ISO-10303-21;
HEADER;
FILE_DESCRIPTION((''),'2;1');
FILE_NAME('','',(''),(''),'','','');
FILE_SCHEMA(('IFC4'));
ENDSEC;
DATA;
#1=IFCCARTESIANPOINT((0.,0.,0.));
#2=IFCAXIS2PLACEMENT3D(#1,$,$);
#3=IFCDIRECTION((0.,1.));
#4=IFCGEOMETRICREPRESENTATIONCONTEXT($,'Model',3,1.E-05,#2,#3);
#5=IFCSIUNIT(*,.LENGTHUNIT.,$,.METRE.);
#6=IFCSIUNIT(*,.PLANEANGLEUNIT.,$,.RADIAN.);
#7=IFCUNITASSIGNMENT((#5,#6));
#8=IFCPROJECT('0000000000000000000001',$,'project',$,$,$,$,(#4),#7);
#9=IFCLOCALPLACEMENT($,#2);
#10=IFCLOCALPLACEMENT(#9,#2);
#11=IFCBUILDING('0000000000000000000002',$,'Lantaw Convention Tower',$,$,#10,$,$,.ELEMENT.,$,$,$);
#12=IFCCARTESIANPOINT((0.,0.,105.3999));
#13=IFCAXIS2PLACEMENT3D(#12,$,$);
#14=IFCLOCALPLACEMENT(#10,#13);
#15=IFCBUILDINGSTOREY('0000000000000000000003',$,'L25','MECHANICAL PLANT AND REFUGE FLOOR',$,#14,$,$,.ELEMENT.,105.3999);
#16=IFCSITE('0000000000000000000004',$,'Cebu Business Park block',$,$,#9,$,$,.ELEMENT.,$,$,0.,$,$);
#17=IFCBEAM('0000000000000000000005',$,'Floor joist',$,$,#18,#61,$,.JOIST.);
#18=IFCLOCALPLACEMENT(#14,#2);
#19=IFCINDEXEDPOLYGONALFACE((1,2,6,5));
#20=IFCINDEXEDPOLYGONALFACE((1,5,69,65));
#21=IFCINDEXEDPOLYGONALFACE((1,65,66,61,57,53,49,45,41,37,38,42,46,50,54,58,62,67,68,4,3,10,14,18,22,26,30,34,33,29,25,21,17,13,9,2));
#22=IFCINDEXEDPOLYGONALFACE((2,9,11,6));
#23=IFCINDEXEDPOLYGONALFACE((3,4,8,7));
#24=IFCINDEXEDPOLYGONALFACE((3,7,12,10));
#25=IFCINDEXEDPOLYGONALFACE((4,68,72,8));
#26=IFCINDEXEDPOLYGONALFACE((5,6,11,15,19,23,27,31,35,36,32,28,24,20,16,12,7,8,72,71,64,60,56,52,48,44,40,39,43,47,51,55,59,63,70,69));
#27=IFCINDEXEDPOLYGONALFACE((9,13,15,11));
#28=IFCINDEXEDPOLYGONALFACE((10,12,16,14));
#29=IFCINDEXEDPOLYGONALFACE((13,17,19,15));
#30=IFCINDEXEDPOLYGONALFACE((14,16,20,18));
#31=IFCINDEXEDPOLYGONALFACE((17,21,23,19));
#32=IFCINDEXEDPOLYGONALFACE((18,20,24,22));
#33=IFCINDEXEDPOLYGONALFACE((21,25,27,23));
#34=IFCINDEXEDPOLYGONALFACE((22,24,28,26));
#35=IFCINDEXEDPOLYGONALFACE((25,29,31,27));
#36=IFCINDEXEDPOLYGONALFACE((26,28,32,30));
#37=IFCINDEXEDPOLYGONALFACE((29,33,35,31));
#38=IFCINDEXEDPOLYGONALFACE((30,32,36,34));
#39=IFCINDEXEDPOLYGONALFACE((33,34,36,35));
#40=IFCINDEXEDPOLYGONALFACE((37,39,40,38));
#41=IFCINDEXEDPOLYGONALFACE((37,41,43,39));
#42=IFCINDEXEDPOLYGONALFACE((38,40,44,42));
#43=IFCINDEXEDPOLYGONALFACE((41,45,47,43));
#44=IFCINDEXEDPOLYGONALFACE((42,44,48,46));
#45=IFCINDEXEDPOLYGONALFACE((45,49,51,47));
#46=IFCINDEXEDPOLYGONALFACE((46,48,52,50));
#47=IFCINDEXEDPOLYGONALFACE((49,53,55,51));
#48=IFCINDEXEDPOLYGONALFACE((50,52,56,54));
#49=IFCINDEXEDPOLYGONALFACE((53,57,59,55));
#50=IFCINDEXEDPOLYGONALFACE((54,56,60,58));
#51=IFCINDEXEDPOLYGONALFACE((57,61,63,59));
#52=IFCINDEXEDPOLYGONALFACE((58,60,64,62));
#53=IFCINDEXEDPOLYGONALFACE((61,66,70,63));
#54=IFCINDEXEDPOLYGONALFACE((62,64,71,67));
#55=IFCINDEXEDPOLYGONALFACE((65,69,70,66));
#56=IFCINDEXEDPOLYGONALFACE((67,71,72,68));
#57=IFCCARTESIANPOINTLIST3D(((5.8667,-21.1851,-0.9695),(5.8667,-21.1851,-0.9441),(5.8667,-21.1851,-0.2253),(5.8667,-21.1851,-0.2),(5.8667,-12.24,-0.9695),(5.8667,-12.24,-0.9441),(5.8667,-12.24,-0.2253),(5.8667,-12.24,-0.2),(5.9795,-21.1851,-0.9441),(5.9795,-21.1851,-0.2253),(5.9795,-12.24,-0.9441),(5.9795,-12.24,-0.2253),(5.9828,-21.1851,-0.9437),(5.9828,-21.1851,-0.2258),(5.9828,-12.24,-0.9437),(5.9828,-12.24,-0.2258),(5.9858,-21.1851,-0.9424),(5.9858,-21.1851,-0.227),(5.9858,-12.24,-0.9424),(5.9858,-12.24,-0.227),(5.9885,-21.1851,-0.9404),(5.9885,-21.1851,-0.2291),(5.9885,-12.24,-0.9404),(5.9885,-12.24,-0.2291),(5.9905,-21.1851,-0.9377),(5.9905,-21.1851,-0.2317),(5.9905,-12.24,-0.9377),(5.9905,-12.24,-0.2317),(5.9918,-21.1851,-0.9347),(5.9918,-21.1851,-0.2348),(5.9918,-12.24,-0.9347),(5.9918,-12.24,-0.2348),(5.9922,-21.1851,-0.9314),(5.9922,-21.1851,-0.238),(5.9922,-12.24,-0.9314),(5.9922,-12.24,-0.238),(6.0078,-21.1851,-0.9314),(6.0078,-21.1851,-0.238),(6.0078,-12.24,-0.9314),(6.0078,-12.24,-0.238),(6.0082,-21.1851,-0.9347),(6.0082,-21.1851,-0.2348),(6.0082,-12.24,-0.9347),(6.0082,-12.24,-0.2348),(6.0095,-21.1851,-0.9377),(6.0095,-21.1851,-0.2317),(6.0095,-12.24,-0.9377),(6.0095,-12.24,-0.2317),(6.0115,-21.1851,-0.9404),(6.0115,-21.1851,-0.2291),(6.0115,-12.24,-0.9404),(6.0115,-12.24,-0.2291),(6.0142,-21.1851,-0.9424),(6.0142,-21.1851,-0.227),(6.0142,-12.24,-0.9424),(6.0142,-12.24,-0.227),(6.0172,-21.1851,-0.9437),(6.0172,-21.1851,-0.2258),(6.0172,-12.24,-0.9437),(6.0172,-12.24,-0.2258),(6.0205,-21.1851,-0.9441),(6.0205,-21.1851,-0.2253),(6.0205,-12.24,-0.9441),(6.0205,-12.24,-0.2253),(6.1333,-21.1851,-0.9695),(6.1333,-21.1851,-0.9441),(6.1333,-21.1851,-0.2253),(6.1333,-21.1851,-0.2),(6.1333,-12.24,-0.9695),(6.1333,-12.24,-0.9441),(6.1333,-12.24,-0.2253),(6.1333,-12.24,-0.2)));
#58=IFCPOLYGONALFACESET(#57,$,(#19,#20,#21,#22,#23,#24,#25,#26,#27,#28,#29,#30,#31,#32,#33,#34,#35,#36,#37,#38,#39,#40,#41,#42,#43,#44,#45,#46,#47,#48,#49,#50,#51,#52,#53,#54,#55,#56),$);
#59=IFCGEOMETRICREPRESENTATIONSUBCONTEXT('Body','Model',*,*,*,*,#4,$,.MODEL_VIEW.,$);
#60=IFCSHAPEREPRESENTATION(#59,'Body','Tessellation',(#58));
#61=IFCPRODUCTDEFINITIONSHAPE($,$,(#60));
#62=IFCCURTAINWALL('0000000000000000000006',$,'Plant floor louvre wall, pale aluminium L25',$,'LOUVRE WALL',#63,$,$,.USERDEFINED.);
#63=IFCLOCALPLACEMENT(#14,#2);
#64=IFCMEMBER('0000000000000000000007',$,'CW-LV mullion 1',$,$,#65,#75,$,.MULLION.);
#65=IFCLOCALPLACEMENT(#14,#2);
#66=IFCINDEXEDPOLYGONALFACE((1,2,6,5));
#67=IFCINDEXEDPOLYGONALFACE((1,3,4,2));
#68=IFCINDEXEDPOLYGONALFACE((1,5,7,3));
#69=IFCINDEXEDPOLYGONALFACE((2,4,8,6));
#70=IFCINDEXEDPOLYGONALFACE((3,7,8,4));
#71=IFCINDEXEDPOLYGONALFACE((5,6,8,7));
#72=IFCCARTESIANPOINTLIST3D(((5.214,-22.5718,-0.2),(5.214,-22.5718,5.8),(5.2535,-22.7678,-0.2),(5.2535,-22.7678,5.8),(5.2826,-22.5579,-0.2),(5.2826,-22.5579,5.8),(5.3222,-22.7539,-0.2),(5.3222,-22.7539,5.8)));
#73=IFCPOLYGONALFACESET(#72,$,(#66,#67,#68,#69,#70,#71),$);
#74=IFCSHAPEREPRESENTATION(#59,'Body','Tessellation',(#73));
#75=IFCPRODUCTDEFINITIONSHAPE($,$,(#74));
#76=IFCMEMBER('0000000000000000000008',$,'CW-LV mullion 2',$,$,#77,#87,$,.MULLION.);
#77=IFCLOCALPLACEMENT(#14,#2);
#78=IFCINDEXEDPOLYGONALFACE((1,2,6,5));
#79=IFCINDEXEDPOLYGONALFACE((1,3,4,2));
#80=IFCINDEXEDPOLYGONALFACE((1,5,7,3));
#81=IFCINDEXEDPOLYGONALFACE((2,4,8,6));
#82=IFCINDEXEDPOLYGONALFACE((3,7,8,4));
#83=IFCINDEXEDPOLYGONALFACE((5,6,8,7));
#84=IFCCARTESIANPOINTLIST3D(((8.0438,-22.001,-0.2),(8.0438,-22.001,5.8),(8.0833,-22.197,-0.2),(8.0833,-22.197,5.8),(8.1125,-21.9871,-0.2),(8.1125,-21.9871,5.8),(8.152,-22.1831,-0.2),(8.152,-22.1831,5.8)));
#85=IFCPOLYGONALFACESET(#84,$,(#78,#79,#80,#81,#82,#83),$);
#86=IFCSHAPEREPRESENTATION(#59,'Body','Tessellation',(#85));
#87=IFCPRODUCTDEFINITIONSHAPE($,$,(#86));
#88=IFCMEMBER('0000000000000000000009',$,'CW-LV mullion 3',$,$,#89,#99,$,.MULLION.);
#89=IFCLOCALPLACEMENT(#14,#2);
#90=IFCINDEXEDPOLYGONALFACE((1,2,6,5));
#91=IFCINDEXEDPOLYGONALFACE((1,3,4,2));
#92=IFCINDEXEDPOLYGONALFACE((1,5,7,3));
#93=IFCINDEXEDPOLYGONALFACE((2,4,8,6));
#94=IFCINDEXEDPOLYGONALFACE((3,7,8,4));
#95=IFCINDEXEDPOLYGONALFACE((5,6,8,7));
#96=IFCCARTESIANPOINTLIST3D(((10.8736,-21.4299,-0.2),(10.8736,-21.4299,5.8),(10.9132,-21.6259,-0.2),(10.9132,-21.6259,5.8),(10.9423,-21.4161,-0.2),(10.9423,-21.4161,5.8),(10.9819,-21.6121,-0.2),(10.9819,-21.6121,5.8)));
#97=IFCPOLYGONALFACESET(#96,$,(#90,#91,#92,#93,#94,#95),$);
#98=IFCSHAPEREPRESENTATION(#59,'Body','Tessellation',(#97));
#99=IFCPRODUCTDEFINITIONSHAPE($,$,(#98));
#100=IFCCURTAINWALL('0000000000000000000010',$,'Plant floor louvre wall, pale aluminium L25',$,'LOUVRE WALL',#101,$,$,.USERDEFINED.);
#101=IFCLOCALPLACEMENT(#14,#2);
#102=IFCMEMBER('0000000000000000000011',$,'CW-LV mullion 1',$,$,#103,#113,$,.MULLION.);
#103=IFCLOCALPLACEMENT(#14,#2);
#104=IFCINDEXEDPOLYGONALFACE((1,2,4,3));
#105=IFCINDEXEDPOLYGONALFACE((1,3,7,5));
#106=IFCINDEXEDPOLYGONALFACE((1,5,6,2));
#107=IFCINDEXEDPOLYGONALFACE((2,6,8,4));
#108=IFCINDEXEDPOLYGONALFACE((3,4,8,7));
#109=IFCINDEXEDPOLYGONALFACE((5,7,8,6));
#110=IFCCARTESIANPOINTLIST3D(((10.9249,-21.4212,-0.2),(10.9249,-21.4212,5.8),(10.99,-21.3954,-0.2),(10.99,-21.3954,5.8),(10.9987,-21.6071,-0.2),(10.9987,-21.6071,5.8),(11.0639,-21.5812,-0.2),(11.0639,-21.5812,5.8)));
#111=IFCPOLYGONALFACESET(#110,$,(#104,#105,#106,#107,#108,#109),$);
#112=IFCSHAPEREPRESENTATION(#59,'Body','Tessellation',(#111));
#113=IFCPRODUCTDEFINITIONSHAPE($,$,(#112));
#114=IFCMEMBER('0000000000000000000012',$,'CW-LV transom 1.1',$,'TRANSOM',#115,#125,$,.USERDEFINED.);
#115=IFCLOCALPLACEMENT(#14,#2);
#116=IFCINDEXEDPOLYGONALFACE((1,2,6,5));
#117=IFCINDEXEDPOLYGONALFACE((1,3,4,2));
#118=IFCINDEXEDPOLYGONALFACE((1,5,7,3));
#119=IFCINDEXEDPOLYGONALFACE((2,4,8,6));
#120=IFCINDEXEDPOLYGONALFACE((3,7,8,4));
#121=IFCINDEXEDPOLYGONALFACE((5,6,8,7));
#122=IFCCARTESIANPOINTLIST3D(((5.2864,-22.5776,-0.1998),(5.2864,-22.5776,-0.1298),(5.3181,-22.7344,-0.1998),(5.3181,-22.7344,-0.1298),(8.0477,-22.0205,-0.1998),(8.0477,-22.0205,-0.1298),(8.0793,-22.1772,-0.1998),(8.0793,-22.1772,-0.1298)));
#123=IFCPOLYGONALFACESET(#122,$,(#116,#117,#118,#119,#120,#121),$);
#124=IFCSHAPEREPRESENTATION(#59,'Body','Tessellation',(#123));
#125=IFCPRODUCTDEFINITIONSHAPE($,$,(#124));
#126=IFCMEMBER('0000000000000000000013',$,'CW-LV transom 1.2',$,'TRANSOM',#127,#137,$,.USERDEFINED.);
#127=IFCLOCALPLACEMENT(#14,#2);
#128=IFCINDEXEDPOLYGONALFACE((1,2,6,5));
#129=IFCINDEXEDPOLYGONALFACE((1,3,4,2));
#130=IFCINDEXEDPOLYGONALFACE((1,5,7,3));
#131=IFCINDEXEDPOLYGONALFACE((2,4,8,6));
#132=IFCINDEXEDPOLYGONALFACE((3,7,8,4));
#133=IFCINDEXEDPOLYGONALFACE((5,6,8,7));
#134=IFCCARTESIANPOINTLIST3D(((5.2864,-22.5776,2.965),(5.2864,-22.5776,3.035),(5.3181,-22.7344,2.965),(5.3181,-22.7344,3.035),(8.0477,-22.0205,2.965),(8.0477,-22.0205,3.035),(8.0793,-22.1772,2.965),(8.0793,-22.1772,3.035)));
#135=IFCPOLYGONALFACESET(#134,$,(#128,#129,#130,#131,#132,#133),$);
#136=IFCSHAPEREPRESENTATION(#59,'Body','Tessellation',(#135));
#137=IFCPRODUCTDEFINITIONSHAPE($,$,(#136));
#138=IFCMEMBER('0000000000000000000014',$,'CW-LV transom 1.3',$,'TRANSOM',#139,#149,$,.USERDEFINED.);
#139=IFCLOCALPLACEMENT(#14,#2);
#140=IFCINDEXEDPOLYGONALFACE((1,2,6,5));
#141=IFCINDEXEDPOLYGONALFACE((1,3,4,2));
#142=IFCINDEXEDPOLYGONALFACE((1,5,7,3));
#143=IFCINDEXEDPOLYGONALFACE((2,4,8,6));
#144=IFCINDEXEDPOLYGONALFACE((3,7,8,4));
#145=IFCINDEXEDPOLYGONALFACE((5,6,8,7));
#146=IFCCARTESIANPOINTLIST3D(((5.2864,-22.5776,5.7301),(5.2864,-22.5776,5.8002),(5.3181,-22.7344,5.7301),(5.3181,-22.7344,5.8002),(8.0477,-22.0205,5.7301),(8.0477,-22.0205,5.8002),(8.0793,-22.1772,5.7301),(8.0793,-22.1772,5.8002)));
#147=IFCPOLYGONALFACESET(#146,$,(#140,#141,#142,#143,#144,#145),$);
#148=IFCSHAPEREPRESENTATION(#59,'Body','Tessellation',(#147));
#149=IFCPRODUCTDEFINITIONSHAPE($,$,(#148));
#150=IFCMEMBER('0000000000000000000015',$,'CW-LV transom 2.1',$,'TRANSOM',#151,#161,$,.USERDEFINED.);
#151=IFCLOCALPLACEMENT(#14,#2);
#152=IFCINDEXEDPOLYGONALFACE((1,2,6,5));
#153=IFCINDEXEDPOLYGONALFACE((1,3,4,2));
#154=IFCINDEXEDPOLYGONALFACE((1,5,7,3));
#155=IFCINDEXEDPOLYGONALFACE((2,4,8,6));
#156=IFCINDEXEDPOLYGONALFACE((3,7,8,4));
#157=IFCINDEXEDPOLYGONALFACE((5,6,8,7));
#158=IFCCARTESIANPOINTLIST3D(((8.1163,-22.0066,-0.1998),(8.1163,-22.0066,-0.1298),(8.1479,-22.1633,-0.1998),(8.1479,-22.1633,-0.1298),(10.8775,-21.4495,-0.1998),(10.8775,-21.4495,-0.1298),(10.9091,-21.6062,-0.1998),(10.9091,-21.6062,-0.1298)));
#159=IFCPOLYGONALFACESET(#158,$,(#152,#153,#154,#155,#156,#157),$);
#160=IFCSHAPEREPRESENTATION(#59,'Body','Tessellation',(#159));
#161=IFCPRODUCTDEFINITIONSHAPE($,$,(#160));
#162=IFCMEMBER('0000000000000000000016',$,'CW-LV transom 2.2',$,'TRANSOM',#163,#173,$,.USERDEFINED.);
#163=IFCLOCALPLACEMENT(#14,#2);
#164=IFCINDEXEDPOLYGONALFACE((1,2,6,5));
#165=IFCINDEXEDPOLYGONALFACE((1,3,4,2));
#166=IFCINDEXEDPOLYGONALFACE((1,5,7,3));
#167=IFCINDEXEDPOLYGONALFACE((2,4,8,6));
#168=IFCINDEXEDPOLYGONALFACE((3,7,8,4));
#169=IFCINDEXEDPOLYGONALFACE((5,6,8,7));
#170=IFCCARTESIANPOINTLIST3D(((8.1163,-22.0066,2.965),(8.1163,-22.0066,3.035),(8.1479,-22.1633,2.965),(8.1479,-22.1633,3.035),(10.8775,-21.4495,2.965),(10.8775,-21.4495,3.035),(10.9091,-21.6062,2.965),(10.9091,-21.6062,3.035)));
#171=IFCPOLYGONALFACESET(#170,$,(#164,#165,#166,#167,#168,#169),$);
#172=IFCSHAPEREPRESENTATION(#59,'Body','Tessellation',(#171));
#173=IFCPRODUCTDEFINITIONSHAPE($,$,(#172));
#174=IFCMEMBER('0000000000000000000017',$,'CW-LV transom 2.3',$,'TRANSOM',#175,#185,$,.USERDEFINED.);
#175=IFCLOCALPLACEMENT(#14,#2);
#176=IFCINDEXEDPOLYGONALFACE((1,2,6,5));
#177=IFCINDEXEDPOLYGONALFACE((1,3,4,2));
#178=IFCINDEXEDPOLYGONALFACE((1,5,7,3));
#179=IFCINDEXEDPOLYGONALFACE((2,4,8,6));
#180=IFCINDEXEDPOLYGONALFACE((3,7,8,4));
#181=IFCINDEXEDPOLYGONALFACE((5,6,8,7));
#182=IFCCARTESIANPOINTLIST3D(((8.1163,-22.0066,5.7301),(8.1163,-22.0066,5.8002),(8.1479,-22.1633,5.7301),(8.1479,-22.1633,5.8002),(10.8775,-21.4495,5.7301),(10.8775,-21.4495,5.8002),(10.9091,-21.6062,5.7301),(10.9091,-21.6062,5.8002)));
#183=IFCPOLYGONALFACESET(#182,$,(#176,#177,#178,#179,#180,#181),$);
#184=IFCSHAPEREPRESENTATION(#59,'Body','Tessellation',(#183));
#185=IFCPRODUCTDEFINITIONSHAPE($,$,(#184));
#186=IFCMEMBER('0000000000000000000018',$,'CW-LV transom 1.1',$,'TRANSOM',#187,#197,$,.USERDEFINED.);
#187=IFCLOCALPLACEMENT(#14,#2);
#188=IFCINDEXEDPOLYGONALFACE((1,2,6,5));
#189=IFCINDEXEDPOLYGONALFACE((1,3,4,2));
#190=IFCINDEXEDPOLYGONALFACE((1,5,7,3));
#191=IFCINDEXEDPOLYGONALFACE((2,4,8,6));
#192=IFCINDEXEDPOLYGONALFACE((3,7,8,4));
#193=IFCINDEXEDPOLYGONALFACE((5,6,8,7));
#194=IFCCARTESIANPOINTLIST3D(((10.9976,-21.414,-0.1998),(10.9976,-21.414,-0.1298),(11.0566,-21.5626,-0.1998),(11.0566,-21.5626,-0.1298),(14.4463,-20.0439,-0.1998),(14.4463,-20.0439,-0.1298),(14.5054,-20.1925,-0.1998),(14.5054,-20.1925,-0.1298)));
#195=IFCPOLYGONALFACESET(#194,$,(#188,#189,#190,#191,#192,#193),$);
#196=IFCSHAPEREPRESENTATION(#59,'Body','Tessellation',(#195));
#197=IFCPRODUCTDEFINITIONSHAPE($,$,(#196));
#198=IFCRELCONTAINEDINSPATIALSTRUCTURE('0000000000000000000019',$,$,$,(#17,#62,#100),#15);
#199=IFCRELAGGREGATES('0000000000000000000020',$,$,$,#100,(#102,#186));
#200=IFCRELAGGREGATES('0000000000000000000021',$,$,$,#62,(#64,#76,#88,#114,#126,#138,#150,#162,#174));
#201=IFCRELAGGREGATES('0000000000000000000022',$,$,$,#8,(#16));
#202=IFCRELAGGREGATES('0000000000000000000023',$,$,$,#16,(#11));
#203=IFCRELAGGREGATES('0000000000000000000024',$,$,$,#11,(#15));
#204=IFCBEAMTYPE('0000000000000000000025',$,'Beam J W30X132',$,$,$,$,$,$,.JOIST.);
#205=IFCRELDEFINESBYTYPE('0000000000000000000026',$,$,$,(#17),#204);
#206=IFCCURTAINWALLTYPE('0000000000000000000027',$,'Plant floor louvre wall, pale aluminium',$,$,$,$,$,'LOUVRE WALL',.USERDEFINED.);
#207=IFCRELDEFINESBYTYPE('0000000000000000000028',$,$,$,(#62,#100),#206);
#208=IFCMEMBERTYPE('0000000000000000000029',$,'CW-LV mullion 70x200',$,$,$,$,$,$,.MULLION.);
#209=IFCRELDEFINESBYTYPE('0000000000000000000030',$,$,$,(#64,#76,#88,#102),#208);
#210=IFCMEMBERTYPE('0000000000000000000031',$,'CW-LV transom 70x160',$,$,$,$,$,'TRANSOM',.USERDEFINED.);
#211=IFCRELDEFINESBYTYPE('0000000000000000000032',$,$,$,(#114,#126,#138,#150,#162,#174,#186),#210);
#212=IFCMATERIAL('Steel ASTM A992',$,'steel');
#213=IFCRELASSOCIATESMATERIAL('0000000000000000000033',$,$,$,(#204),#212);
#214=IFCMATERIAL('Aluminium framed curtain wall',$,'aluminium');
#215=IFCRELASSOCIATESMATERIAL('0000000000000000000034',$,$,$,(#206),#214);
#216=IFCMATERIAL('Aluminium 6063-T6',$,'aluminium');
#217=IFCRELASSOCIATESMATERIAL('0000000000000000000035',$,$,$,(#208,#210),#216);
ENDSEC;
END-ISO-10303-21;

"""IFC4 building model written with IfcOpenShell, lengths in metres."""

from ifc_helpers import new_model, si_unit, direction, frame, origin, origin_2d, place, context, subcontext, project, spatial, rectangle, i_section, extrude, material, material_profile, profile_set, type_object, element, aggregate, save


model = new_model("IFC4")

# Units and contexts
model_context = context("Model", 3, precision=1e-05, world=origin(), true_north=direction((0.0, 1.0)))
body_context = subcontext(model_context, "Body", "Model", "MODEL_VIEW")
ifc_project = project(units=[si_unit("LENGTHUNIT", "METRE"), si_unit("PLANEANGLEUNIT", "RADIAN")], contexts=[model_context])

# Site, building, storey
site_placement = place(None, origin())
site = spatial("IfcSite", under=ifc_project, at=site_placement, Name="Cebu Business Park block", CompositionType="ELEMENT", RefElevation=0.0)
building_placement = place(site_placement, origin())
building = spatial("IfcBuilding", under=site, at=building_placement, Name="Lantaw Convention Tower", CompositionType="ELEMENT")
storey_placement = place(building_placement, frame((0.0, 0.0, 105.3999)))
storey = spatial("IfcBuildingStorey", under=building, at=storey_placement, Name="L25", Description="MECHANICAL PLANT AND REFUGE FLOOR", CompositionType="ELEMENT", Elevation=105.3999)

# Beam
ifc_material_1 = material(Name="Steel ASTM A992", Category="steel")
ifc_material_profile_1 = material_profile(ifc_material_1, i_section(OverallWidth=0.2666, OverallDepth=0.7695, WebThickness=0.0156, FlangeThickness=0.0254, FilletRadius=0.0127, at=origin_2d()), Name="W30X132")
ifc_profile_set_1 = profile_set([ifc_material_profile_1], Name="Steel ASTM A992")
beam_type = type_object("IfcBeamType", Name="Beam J W30X132", PredefinedType="JOIST", material=ifc_profile_set_1)
beam_placement = place(storey_placement, frame((6.0, -21.1851, -0.5847), z_axis=(0.0, 1.0, 0.0), x_axis=(-1.0, 0.0, 0.0)))
element("IfcBeam", 1, at=beam_placement, inside=storey, type_object=beam_type, Name="Floor joist", PredefinedType="JOIST", context=body_context, shape_type="SweptSolid", body=[
    extrude(i_section(OverallWidth=0.2666, OverallDepth=0.7695, WebThickness=0.0156, FlangeThickness=0.0254, FilletRadius=0.0127, at=origin_2d()), origin(), (0.0, 0.0, 1.0), 8.9451),
])

# Curtain wall, members
ifc_material_2 = material(Name="Aluminium framed curtain wall", Category="aluminium")
curtain_wall_type = type_object("IfcCurtainWallType", Name="Plant floor louvre wall, pale aluminium", ElementType="LOUVRE WALL", PredefinedType="USERDEFINED", material=ifc_material_2)
curtain_wall_1_placement = place(storey_placement, origin())
curtain_wall_1 = element("IfcCurtainWall", 2, at=curtain_wall_1_placement, inside=storey, type_object=curtain_wall_type, Name="Plant floor louvre wall, pale aluminium L25", ObjectType="LOUVRE WALL", PredefinedType="USERDEFINED")
ifc_material_3 = material(Name="Aluminium 6063-T6", Category="aluminium")
ifc_material_profile_2 = material_profile(ifc_material_3, rectangle(XDim=0.2, YDim=0.0701, at=origin_2d()), Name="CW-LV mullion 70x200")
ifc_profile_set_2 = profile_set([ifc_material_profile_2], Name="Aluminium 6063-T6")
member_type_1 = type_object("IfcMemberType", Name="CW-LV mullion 70x200", PredefinedType="MULLION", material=ifc_profile_set_2)
member_1_placement = place(storey_placement, frame((5.2681, -22.6628, -0.2), z_axis=(0.0, 0.0, 1.0), x_axis=(-0.197789, 0.980245, 0.0)))
member_1 = element("IfcMember", 3, at=member_1_placement, type_object=member_type_1, Name="CW-LV mullion 1", PredefinedType="MULLION", context=body_context, shape_type="SweptSolid", body=[
    extrude(rectangle(XDim=0.2, YDim=0.0701, at=origin_2d()), origin(), (0.0, 0.0, 1.0), 6.0),
])
member_2_placement = place(storey_placement, frame((8.0979, -22.092, -0.2), z_axis=(0.0, 0.0, 1.0), x_axis=(-0.197789, 0.980245, 0.0)))
member_2 = element("IfcMember", 4, at=member_2_placement, type_object=member_type_1, Name="CW-LV mullion 2", PredefinedType="MULLION", context=body_context, shape_type="SweptSolid", body=[
    extrude(rectangle(XDim=0.2, YDim=0.0701, at=origin_2d()), origin(), (0.0, 0.0, 1.0), 6.0),
])
member_3_placement = place(storey_placement, frame((10.9277, -21.521, -0.2), z_axis=(0.0, 0.0, 1.0), x_axis=(-0.197789, 0.980245, 0.0)))
member_3 = element("IfcMember", 5, at=member_3_placement, type_object=member_type_1, Name="CW-LV mullion 3", PredefinedType="MULLION", context=body_context, shape_type="SweptSolid", body=[
    extrude(rectangle(XDim=0.2, YDim=0.0701, at=origin_2d()), origin(), (0.0, 0.0, 1.0), 6.0),
])

# Curtain wall, member
curtain_wall_2_placement = place(storey_placement, origin())
curtain_wall_2 = element("IfcCurtainWall", 6, at=curtain_wall_2_placement, inside=storey, type_object=curtain_wall_type, Name="Plant floor louvre wall, pale aluminium L25", ObjectType="LOUVRE WALL", PredefinedType="USERDEFINED")
member_4_placement = place(storey_placement, frame((10.9944, -21.5012, -0.2), z_axis=(0.0, 0.0, 1.0), x_axis=(-0.369172, 0.929361, 0.0)))
member_4 = element("IfcMember", 7, at=member_4_placement, type_object=member_type_1, Name="CW-LV mullion 1", PredefinedType="MULLION", context=body_context, shape_type="SweptSolid", body=[
    extrude(rectangle(XDim=0.2, YDim=0.0701, at=origin_2d()), origin(), (0.0, 0.0, 1.0), 6.0),
])

# Members
ifc_material_profile_3 = material_profile(ifc_material_3, rectangle(XDim=0.1599, YDim=0.0701, at=origin_2d()), Name="CW-LV transom 70x160")
ifc_profile_set_3 = profile_set([ifc_material_profile_3], Name="Aluminium 6063-T6")
member_type_2 = type_object("IfcMemberType", Name="CW-LV transom 70x160", ElementType="TRANSOM", PredefinedType="USERDEFINED", material=ifc_profile_set_3)
member_5_placement = place(storey_placement, frame((5.3022, -22.656, -0.1648), z_axis=(0.980246, 0.197783, 0.0), x_axis=(-0.197783, 0.980246, 0.0)))
member_5 = element("IfcMember", 8, at=member_5_placement, type_object=member_type_2, Name="CW-LV transom 1.1", ObjectType="TRANSOM", PredefinedType="USERDEFINED", context=body_context, shape_type="SweptSolid", body=[
    extrude(rectangle(XDim=0.1599, YDim=0.0701, at=origin_2d()), origin(), (0.0, 0.0, 1.0), 2.8169),
])
member_6_placement = place(storey_placement, frame((5.3022, -22.656, 3.0), z_axis=(0.980246, 0.197783, 0.0), x_axis=(-0.197783, 0.980246, 0.0)))
member_6 = element("IfcMember", 9, at=member_6_placement, type_object=member_type_2, Name="CW-LV transom 1.2", ObjectType="TRANSOM", PredefinedType="USERDEFINED", context=body_context, shape_type="SweptSolid", body=[
    extrude(rectangle(XDim=0.1599, YDim=0.0701, at=origin_2d()), origin(), (0.0, 0.0, 1.0), 2.8169),
])
member_7_placement = place(storey_placement, frame((5.3022, -22.656, 5.7651), z_axis=(0.980246, 0.197783, 0.0), x_axis=(-0.197783, 0.980246, 0.0)))
member_7 = element("IfcMember", 10, at=member_7_placement, type_object=member_type_2, Name="CW-LV transom 1.3", ObjectType="TRANSOM", PredefinedType="USERDEFINED", context=body_context, shape_type="SweptSolid", body=[
    extrude(rectangle(XDim=0.1599, YDim=0.0701, at=origin_2d()), origin(), (0.0, 0.0, 1.0), 2.8169),
])
member_8_placement = place(storey_placement, frame((8.1321, -22.085, -0.1648), z_axis=(0.980246, 0.197783, 0.0), x_axis=(-0.197783, 0.980246, 0.0)))
member_8 = element("IfcMember", 11, at=member_8_placement, type_object=member_type_2, Name="CW-LV transom 2.1", ObjectType="TRANSOM", PredefinedType="USERDEFINED", context=body_context, shape_type="SweptSolid", body=[
    extrude(rectangle(XDim=0.1599, YDim=0.0701, at=origin_2d()), origin(), (0.0, 0.0, 1.0), 2.8169),
])
member_9_placement = place(storey_placement, frame((8.1321, -22.085, 3.0), z_axis=(0.980246, 0.197783, 0.0), x_axis=(-0.197783, 0.980246, 0.0)))
member_9 = element("IfcMember", 12, at=member_9_placement, type_object=member_type_2, Name="CW-LV transom 2.2", ObjectType="TRANSOM", PredefinedType="USERDEFINED", context=body_context, shape_type="SweptSolid", body=[
    extrude(rectangle(XDim=0.1599, YDim=0.0701, at=origin_2d()), origin(), (0.0, 0.0, 1.0), 2.8169),
])
member_10_placement = place(storey_placement, frame((8.1321, -22.085, 5.7651), z_axis=(0.980246, 0.197783, 0.0), x_axis=(-0.197783, 0.980246, 0.0)))
member_10 = element("IfcMember", 13, at=member_10_placement, type_object=member_type_2, Name="CW-LV transom 2.3", ObjectType="TRANSOM", PredefinedType="USERDEFINED", context=body_context, shape_type="SweptSolid", body=[
    extrude(rectangle(XDim=0.1599, YDim=0.0701, at=origin_2d()), origin(), (0.0, 0.0, 1.0), 2.8169),
])
member_11_placement = place(storey_placement, frame((11.0271, -21.4883, -0.1648), z_axis=(0.929345, 0.369212, 0.0), x_axis=(-0.369212, 0.929345, 0.0)))
member_11 = element("IfcMember", 14, at=member_11_placement, type_object=member_type_2, Name="CW-LV transom 1.1", ObjectType="TRANSOM", PredefinedType="USERDEFINED", context=body_context, shape_type="SweptSolid", body=[
    extrude(rectangle(XDim=0.1599, YDim=0.0701, at=origin_2d()), origin(), (0.0, 0.0, 1.0), 3.7109),
])
aggregate(curtain_wall_2, [member_4, member_11])

aggregate(curtain_wall_1, [member_1, member_2, member_3, member_5, member_6, member_7, member_8, member_9, member_10])

save(model, "model.ifc")
